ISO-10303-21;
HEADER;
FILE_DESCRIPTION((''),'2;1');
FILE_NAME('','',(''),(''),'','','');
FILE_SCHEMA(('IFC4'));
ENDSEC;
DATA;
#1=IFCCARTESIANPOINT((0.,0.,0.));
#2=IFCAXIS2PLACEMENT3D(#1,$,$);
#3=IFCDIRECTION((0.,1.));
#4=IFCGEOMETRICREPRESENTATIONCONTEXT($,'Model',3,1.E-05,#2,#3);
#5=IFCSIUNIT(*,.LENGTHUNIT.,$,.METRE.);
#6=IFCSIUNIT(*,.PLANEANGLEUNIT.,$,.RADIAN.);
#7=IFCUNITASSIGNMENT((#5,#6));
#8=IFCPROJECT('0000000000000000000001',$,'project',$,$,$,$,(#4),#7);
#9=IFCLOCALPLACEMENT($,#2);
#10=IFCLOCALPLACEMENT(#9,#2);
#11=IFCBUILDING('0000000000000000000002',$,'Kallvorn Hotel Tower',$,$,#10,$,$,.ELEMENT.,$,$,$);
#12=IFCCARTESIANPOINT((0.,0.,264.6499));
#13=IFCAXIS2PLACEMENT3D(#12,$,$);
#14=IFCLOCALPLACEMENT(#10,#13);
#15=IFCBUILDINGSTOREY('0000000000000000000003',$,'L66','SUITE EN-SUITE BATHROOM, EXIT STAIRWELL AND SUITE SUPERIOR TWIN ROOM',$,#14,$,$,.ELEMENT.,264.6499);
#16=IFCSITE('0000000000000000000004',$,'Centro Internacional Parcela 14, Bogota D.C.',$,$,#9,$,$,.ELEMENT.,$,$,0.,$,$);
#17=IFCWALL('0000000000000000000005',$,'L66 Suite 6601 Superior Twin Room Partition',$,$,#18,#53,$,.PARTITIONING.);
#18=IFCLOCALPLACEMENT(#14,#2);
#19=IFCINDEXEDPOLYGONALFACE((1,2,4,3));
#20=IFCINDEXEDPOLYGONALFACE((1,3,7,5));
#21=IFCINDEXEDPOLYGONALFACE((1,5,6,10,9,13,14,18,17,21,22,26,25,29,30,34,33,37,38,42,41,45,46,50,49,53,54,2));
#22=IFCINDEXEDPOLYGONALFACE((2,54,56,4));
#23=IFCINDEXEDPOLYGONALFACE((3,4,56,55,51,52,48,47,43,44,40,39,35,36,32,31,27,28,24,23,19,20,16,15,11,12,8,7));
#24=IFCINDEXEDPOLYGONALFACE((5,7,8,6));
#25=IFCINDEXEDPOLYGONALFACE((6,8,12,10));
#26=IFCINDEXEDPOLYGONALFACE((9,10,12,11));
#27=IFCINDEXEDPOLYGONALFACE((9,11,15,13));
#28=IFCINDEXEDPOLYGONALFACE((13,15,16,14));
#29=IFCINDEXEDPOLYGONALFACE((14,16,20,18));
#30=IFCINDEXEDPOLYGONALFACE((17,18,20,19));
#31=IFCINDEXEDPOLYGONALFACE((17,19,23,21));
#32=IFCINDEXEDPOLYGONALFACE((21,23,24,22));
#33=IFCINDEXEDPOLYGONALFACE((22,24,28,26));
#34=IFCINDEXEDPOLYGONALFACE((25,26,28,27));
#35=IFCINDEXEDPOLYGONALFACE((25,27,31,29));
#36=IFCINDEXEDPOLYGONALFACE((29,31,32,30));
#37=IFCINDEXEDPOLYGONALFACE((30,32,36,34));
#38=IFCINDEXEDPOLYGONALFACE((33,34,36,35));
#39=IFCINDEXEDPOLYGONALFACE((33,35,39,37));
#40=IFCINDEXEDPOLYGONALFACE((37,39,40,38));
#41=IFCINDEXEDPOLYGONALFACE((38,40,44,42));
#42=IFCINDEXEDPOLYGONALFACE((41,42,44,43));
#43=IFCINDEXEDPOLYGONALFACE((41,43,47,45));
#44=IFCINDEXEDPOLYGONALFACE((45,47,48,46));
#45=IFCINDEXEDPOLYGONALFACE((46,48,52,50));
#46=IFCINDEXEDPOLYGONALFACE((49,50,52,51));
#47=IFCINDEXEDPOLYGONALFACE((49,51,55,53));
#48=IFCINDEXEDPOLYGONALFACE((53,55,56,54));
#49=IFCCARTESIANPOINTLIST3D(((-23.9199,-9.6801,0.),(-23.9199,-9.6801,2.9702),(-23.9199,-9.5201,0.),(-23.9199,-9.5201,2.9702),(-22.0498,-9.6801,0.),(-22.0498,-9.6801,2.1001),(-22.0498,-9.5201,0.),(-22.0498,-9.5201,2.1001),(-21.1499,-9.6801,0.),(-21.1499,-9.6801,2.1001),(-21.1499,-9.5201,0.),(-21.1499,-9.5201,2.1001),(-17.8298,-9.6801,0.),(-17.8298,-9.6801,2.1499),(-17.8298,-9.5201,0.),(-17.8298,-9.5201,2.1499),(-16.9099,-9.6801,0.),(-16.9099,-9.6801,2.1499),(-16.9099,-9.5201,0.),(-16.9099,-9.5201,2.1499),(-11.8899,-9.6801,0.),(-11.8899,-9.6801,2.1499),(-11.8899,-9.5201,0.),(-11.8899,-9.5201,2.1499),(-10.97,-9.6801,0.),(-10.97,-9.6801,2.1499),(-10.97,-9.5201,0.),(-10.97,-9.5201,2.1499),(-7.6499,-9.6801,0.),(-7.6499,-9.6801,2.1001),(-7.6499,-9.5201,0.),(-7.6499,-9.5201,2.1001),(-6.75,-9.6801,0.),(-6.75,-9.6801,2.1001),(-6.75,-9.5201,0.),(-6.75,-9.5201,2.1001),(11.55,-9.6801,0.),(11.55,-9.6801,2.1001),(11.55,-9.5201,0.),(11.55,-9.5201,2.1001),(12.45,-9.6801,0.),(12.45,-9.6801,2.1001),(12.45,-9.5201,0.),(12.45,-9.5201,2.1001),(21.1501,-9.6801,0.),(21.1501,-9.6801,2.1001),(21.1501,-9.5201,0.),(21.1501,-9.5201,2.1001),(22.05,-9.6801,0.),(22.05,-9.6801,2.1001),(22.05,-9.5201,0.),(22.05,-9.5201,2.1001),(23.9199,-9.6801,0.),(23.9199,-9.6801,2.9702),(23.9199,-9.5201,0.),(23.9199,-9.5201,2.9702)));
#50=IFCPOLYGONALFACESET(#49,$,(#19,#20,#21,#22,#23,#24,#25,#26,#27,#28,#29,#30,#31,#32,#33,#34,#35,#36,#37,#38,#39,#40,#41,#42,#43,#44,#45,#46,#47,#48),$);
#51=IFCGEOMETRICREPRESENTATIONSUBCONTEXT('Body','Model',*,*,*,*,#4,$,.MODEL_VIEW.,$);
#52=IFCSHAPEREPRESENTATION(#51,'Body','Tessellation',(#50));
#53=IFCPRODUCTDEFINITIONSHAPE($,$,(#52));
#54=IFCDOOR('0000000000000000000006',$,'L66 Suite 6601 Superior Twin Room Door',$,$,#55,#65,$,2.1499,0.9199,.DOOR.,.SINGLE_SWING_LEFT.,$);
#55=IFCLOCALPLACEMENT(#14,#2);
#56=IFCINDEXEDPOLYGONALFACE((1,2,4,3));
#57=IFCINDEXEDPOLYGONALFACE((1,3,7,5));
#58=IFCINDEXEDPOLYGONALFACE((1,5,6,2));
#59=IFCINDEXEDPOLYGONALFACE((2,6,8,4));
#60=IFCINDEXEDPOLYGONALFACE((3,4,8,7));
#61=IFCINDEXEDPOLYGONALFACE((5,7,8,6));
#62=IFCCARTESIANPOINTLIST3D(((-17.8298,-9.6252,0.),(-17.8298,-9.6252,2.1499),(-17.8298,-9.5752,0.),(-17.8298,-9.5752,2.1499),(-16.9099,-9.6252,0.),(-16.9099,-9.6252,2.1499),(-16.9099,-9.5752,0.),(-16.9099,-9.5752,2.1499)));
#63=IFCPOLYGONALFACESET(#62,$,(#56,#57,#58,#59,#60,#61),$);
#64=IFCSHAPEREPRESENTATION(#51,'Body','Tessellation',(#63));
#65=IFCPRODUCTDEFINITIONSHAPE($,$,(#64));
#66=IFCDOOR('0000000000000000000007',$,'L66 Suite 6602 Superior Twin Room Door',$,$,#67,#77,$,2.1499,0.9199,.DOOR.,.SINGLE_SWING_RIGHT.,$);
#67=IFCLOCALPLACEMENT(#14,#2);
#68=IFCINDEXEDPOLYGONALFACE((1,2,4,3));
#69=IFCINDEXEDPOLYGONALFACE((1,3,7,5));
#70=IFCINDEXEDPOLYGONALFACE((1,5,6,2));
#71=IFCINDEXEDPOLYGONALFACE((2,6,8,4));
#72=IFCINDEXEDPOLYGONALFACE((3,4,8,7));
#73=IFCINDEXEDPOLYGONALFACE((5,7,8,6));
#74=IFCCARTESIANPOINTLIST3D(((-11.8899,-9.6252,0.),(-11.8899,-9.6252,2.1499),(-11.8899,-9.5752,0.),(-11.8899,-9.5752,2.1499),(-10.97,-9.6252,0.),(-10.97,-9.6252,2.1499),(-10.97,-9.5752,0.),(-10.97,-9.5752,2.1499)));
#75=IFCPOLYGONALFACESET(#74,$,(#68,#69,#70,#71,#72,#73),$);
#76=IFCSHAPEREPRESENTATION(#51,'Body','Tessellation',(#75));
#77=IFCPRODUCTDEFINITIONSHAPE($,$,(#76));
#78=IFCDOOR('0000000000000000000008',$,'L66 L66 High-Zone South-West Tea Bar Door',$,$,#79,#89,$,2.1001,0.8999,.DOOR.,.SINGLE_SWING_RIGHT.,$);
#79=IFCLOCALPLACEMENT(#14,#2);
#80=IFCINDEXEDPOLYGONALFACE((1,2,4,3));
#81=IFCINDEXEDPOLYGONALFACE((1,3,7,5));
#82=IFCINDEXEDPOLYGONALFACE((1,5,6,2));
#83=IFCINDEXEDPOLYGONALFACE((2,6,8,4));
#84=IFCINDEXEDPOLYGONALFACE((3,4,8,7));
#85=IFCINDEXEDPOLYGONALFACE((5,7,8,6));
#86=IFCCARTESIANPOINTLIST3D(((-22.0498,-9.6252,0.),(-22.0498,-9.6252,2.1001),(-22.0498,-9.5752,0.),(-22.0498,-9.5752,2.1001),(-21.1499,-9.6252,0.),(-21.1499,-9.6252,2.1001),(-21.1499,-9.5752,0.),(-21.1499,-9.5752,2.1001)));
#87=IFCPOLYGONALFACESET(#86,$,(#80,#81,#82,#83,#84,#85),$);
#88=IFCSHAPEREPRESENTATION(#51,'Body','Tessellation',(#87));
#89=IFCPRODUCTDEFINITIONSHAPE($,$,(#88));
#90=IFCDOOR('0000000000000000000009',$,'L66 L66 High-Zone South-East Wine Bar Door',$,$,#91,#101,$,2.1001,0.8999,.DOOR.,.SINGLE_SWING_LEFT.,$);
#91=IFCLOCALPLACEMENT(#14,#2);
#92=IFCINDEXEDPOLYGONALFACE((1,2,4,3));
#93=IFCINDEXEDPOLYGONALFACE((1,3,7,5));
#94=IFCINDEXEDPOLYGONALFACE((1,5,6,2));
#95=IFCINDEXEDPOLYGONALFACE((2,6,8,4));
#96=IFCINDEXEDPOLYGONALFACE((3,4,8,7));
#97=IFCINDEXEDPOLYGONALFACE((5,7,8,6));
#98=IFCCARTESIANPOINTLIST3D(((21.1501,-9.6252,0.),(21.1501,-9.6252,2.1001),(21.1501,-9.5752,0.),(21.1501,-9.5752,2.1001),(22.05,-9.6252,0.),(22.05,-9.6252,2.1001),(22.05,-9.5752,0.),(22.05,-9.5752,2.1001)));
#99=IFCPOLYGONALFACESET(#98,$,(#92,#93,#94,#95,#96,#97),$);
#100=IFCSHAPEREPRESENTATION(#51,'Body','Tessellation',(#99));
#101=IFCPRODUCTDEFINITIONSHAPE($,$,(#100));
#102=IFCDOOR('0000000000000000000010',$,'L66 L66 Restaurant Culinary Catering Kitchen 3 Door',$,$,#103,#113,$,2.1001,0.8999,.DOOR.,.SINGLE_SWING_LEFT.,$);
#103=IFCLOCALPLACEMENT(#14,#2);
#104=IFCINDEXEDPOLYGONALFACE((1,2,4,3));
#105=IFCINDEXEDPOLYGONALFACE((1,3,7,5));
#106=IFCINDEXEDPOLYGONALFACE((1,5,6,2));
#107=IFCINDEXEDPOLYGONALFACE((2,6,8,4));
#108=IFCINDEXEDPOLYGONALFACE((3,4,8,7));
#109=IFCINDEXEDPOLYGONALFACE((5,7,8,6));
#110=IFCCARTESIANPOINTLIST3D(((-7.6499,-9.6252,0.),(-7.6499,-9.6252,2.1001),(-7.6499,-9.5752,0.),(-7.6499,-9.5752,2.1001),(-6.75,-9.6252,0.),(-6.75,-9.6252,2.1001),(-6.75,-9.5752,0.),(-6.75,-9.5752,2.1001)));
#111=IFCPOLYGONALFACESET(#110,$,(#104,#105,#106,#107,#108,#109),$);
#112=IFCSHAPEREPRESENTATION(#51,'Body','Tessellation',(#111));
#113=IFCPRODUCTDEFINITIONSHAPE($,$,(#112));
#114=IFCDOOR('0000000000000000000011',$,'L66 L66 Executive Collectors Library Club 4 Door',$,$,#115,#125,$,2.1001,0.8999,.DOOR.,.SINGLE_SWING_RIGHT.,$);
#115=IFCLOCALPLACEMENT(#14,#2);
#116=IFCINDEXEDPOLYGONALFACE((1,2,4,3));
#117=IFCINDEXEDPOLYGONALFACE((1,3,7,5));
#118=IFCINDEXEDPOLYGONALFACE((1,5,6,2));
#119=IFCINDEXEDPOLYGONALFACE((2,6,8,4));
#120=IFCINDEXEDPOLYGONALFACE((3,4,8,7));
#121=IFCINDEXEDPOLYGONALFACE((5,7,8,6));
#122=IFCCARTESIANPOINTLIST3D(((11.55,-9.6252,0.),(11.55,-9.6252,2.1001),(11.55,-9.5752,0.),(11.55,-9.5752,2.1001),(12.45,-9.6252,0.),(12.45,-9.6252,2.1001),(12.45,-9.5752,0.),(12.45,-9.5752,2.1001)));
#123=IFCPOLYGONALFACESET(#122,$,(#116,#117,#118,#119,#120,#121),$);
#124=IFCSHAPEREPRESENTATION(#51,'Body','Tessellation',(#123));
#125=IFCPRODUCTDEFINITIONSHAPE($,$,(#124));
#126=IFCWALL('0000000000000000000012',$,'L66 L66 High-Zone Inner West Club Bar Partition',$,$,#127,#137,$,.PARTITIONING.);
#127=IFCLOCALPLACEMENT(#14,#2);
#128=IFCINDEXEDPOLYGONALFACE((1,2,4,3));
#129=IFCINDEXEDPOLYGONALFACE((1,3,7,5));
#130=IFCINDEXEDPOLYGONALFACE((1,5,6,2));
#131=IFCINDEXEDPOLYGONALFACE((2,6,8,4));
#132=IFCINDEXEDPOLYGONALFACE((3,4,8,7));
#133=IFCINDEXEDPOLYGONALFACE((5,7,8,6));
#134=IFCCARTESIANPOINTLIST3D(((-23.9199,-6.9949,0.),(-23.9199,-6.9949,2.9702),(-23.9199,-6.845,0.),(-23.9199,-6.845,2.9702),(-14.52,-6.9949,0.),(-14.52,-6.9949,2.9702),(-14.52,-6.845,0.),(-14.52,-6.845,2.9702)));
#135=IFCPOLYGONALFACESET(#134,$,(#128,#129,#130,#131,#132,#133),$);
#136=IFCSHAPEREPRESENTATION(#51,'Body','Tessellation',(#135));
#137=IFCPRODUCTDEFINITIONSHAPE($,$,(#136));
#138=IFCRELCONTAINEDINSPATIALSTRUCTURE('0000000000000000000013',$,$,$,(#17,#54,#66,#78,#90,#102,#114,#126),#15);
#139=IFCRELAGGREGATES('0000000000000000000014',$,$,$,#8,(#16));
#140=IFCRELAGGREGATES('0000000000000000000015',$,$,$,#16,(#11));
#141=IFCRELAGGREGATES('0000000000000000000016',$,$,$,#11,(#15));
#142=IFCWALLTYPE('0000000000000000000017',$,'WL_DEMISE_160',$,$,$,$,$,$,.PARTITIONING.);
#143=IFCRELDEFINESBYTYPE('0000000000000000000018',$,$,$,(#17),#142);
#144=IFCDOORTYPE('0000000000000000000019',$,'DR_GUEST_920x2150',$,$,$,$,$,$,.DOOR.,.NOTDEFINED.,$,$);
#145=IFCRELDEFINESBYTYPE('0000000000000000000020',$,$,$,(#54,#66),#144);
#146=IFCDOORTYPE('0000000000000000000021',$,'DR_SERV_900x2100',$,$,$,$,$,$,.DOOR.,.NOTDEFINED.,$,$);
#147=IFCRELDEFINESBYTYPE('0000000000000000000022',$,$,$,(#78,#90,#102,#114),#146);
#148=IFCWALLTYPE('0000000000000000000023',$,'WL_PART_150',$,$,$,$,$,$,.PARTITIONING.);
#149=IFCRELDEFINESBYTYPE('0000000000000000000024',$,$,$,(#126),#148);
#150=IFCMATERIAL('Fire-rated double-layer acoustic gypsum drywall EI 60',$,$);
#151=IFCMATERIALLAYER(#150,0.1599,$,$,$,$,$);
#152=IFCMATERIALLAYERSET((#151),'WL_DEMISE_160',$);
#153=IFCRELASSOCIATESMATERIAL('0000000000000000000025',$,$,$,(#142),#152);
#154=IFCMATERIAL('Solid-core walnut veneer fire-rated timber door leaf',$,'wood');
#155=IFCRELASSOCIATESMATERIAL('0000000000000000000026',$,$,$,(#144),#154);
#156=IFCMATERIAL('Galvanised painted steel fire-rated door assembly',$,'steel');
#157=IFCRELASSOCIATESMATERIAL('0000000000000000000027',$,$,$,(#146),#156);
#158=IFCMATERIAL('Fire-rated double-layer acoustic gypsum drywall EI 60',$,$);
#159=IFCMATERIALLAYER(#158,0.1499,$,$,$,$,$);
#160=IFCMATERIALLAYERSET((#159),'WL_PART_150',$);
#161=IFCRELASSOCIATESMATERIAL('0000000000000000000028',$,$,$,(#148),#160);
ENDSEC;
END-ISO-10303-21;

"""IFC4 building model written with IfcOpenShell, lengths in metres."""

from ifc_helpers import new_model, si_unit, direction, frame, frame_2d, origin, place, context, subcontext, project, spatial, rectangle, extrude, material, layer, layer_set, type_object, element, fill, save


model = new_model("IFC4")

# Units and contexts
model_context = context("Model", 3, precision=1e-05, world=origin(), true_north=direction((0.0, 1.0)))
body_context = subcontext(model_context, "Body", "Model", "MODEL_VIEW")
ifc_project = project(units=[si_unit("LENGTHUNIT", "METRE"), si_unit("PLANEANGLEUNIT", "RADIAN")], contexts=[model_context])

# Site, building, storey
site_placement = place(None, origin())
site = spatial("IfcSite", under=ifc_project, at=site_placement, Name="Centro Internacional Parcela 14, Bogota D.C.", CompositionType="ELEMENT", RefElevation=0.0)
building_placement = place(site_placement, origin())
building = spatial("IfcBuilding", under=site, at=building_placement, Name="Kallvorn Hotel Tower", CompositionType="ELEMENT")
storey_placement = place(building_placement, frame((0.0, 0.0, 264.6499)))
storey = spatial("IfcBuildingStorey", under=building, at=storey_placement, Name="L66", Description="SUITE EN-SUITE BATHROOM, EXIT STAIRWELL AND SUITE SUPERIOR TWIN ROOM", CompositionType="ELEMENT", Elevation=264.6499)

# Wall, openings, doors
ifc_material_1 = material(Name="Fire-rated double-layer acoustic gypsum drywall EI 60")
ifc_layer_1 = layer(ifc_material_1, 0.1599)
ifc_layer_set_1 = layer_set([ifc_layer_1], Name="WL_DEMISE_160")
wall_type_1 = type_object("IfcWallType", Name="WL_DEMISE_160", PredefinedType="PARTITIONING", material=ifc_layer_set_1)
wall_1_placement = place(storey_placement, frame((-23.9199, -9.6001, 0.0), z_axis=(0.0, 0.0, 1.0), x_axis=(1.0, 0.0, 0.0)))
wall_1 = element("IfcWall", 1, at=wall_1_placement, inside=storey, type_object=wall_type_1, Name="L66 Suite 6601 Superior Twin Room Partition", PredefinedType="PARTITIONING", context=body_context, shape_type="SweptSolid", body=[
    extrude(rectangle(XDim=47.8398, YDim=0.1599, at=frame_2d((23.9199, 0.0))), origin(), (0.0, 0.0, 1.0), 2.9702),
])
opening_1_placement = place(wall_1_placement, frame((1.8701, 0.0, 0.0)))
opening_1 = element("IfcOpeningElement", 2, at=opening_1_placement, cuts=wall_1, PredefinedType="OPENING", context=body_context, shape_type="SweptSolid", body=[
    extrude(rectangle(XDim=0.8999, YDim=2.1001, at=frame_2d((0.45, 1.05))), frame((0.0, 0.095, 0.0), z_axis=(0.0, -1.0, 0.0), x_axis=(1.0, 0.0, 0.0)), (0.0, 0.0, 1.0), 0.1899),
])
opening_2_placement = place(wall_1_placement, frame((45.0701, 0.0, 0.0)))
opening_2 = element("IfcOpeningElement", 3, at=opening_2_placement, cuts=wall_1, PredefinedType="OPENING", context=body_context, shape_type="SweptSolid", body=[
    extrude(rectangle(XDim=0.8999, YDim=2.1001, at=frame_2d((0.45, 1.05))), frame((0.0, 0.095, 0.0), z_axis=(0.0, -1.0, 0.0), x_axis=(1.0, 0.0, 0.0)), (0.0, 0.0, 1.0), 0.1899),
])
opening_3_placement = place(wall_1_placement, frame((6.0901, 0.0, 0.0)))
opening_3 = element("IfcOpeningElement", 4, at=opening_3_placement, cuts=wall_1, PredefinedType="OPENING", context=body_context, shape_type="SweptSolid", body=[
    extrude(rectangle(XDim=0.9199, YDim=2.1499, at=frame_2d((0.46, 1.075))), frame((0.0, 0.095, 0.0), z_axis=(0.0, -1.0, 0.0), x_axis=(1.0, 0.0, 0.0)), (0.0, 0.0, 1.0), 0.1899),
])
opening_4_placement = place(wall_1_placement, frame((12.03, 0.0, 0.0)))
opening_4 = element("IfcOpeningElement", 5, at=opening_4_placement, cuts=wall_1, PredefinedType="OPENING", context=body_context, shape_type="SweptSolid", body=[
    extrude(rectangle(XDim=0.9199, YDim=2.1499, at=frame_2d((0.46, 1.075))), frame((0.0, 0.095, 0.0), z_axis=(0.0, -1.0, 0.0), x_axis=(1.0, 0.0, 0.0)), (0.0, 0.0, 1.0), 0.1899),
])
opening_5_placement = place(wall_1_placement, frame((16.27, 0.0, 0.0)))
opening_5 = element("IfcOpeningElement", 6, at=opening_5_placement, cuts=wall_1, PredefinedType="OPENING", context=body_context, shape_type="SweptSolid", body=[
    extrude(rectangle(XDim=0.8999, YDim=2.1001, at=frame_2d((0.45, 1.05))), frame((0.0, 0.095, 0.0), z_axis=(0.0, -1.0, 0.0), x_axis=(1.0, 0.0, 0.0)), (0.0, 0.0, 1.0), 0.1899),
])
opening_6_placement = place(wall_1_placement, frame((35.47, 0.0, 0.0)))
opening_6 = element("IfcOpeningElement", 7, at=opening_6_placement, cuts=wall_1, PredefinedType="OPENING", context=body_context, shape_type="SweptSolid", body=[
    extrude(rectangle(XDim=0.8999, YDim=2.1001, at=frame_2d((0.45, 1.05))), frame((0.0, 0.095, 0.0), z_axis=(0.0, -1.0, 0.0), x_axis=(1.0, 0.0, 0.0)), (0.0, 0.0, 1.0), 0.1899),
])
ifc_material_2 = material(Name="Solid-core walnut veneer fire-rated timber door leaf", Category="wood")
door_type_1 = type_object("IfcDoorType", Name="DR_GUEST_920x2150", OperationType="NOTDEFINED", PredefinedType="DOOR", material=ifc_material_2)
door_1_placement = place(opening_3_placement, origin())
door_1 = element("IfcDoor", 8, at=door_1_placement, inside=storey, type_object=door_type_1, Name="L66 Suite 6601 Superior Twin Room Door", OperationType="SINGLE_SWING_LEFT", OverallHeight=2.1499, OverallWidth=0.9199, PredefinedType="DOOR", context=body_context, shape_type="SweptSolid", body=[
    extrude(rectangle(XDim=0.9199, YDim=2.1499, at=frame_2d((0.46, 1.075))), frame((0.0, 0.0249, 0.0), z_axis=(0.0, -1.0, 0.0), x_axis=(1.0, 0.0, 0.0)), (0.0, 0.0, 1.0), 0.05),
])
fill(opening_3, door_1)
door_2_placement = place(opening_4_placement, origin())
door_2 = element("IfcDoor", 9, at=door_2_placement, inside=storey, type_object=door_type_1, Name="L66 Suite 6602 Superior Twin Room Door", OperationType="SINGLE_SWING_RIGHT", OverallHeight=2.1499, OverallWidth=0.9199, PredefinedType="DOOR", context=body_context, shape_type="SweptSolid", body=[
    extrude(rectangle(XDim=0.9199, YDim=2.1499, at=frame_2d((0.46, 1.075))), frame((0.0, 0.0249, 0.0), z_axis=(0.0, -1.0, 0.0), x_axis=(1.0, 0.0, 0.0)), (0.0, 0.0, 1.0), 0.05),
])
fill(opening_4, door_2)
ifc_material_3 = material(Name="Galvanised painted steel fire-rated door assembly", Category="steel")
door_type_2 = type_object("IfcDoorType", Name="DR_SERV_900x2100", OperationType="NOTDEFINED", PredefinedType="DOOR", material=ifc_material_3)
door_3_placement = place(opening_1_placement, origin())
door_3 = element("IfcDoor", 10, at=door_3_placement, inside=storey, type_object=door_type_2, Name="L66 L66 High-Zone South-West Tea Bar Door", OperationType="SINGLE_SWING_RIGHT", OverallHeight=2.1001, OverallWidth=0.8999, PredefinedType="DOOR", context=body_context, shape_type="SweptSolid", body=[
    extrude(rectangle(XDim=0.8999, YDim=2.1001, at=frame_2d((0.45, 1.05))), frame((0.0, 0.0249, 0.0), z_axis=(0.0, -1.0, 0.0), x_axis=(1.0, 0.0, 0.0)), (0.0, 0.0, 1.0), 0.05),
])
fill(opening_1, door_3)
door_4_placement = place(opening_2_placement, origin())
door_4 = element("IfcDoor", 11, at=door_4_placement, inside=storey, type_object=door_type_2, Name="L66 L66 High-Zone South-East Wine Bar Door", OperationType="SINGLE_SWING_LEFT", OverallHeight=2.1001, OverallWidth=0.8999, PredefinedType="DOOR", context=body_context, shape_type="SweptSolid", body=[
    extrude(rectangle(XDim=0.8999, YDim=2.1001, at=frame_2d((0.45, 1.05))), frame((0.0, 0.0249, 0.0), z_axis=(0.0, -1.0, 0.0), x_axis=(1.0, 0.0, 0.0)), (0.0, 0.0, 1.0), 0.05),
])
fill(opening_2, door_4)
door_5_placement = place(opening_5_placement, origin())
door_5 = element("IfcDoor", 12, at=door_5_placement, inside=storey, type_object=door_type_2, Name="L66 L66 Restaurant Culinary Catering Kitchen 3 Door", OperationType="SINGLE_SWING_LEFT", OverallHeight=2.1001, OverallWidth=0.8999, PredefinedType="DOOR", context=body_context, shape_type="SweptSolid", body=[
    extrude(rectangle(XDim=0.8999, YDim=2.1001, at=frame_2d((0.45, 1.05))), frame((0.0, 0.0249, 0.0), z_axis=(0.0, -1.0, 0.0), x_axis=(1.0, 0.0, 0.0)), (0.0, 0.0, 1.0), 0.05),
])
fill(opening_5, door_5)
door_6_placement = place(opening_6_placement, origin())
door_6 = element("IfcDoor", 13, at=door_6_placement, inside=storey, type_object=door_type_2, Name="L66 L66 Executive Collectors Library Club 4 Door", OperationType="SINGLE_SWING_RIGHT", OverallHeight=2.1001, OverallWidth=0.8999, PredefinedType="DOOR", context=body_context, shape_type="SweptSolid", body=[
    extrude(rectangle(XDim=0.8999, YDim=2.1001, at=frame_2d((0.45, 1.05))), frame((0.0, 0.0249, 0.0), z_axis=(0.0, -1.0, 0.0), x_axis=(1.0, 0.0, 0.0)), (0.0, 0.0, 1.0), 0.05),
])
fill(opening_6, door_6)

# Wall
ifc_material_4 = material(Name="Fire-rated double-layer acoustic gypsum drywall EI 60")
ifc_layer_2 = layer(ifc_material_4, 0.1499)
ifc_layer_set_2 = layer_set([ifc_layer_2], Name="WL_PART_150")
wall_type_2 = type_object("IfcWallType", Name="WL_PART_150", PredefinedType="PARTITIONING", material=ifc_layer_set_2)
wall_2_placement = place(storey_placement, frame((-23.9199, -6.9199, 0.0), z_axis=(0.0, 0.0, 1.0), x_axis=(1.0, 0.0, 0.0)))
element("IfcWall", 14, at=wall_2_placement, inside=storey, type_object=wall_type_2, Name="L66 L66 High-Zone Inner West Club Bar Partition", PredefinedType="PARTITIONING", context=body_context, shape_type="SweptSolid", body=[
    extrude(rectangle(XDim=9.3999, YDim=0.1499, at=frame_2d((4.7, 0.0))), origin(), (0.0, 0.0, 1.0), 2.9702),
])

save(model, "model.ifc")
